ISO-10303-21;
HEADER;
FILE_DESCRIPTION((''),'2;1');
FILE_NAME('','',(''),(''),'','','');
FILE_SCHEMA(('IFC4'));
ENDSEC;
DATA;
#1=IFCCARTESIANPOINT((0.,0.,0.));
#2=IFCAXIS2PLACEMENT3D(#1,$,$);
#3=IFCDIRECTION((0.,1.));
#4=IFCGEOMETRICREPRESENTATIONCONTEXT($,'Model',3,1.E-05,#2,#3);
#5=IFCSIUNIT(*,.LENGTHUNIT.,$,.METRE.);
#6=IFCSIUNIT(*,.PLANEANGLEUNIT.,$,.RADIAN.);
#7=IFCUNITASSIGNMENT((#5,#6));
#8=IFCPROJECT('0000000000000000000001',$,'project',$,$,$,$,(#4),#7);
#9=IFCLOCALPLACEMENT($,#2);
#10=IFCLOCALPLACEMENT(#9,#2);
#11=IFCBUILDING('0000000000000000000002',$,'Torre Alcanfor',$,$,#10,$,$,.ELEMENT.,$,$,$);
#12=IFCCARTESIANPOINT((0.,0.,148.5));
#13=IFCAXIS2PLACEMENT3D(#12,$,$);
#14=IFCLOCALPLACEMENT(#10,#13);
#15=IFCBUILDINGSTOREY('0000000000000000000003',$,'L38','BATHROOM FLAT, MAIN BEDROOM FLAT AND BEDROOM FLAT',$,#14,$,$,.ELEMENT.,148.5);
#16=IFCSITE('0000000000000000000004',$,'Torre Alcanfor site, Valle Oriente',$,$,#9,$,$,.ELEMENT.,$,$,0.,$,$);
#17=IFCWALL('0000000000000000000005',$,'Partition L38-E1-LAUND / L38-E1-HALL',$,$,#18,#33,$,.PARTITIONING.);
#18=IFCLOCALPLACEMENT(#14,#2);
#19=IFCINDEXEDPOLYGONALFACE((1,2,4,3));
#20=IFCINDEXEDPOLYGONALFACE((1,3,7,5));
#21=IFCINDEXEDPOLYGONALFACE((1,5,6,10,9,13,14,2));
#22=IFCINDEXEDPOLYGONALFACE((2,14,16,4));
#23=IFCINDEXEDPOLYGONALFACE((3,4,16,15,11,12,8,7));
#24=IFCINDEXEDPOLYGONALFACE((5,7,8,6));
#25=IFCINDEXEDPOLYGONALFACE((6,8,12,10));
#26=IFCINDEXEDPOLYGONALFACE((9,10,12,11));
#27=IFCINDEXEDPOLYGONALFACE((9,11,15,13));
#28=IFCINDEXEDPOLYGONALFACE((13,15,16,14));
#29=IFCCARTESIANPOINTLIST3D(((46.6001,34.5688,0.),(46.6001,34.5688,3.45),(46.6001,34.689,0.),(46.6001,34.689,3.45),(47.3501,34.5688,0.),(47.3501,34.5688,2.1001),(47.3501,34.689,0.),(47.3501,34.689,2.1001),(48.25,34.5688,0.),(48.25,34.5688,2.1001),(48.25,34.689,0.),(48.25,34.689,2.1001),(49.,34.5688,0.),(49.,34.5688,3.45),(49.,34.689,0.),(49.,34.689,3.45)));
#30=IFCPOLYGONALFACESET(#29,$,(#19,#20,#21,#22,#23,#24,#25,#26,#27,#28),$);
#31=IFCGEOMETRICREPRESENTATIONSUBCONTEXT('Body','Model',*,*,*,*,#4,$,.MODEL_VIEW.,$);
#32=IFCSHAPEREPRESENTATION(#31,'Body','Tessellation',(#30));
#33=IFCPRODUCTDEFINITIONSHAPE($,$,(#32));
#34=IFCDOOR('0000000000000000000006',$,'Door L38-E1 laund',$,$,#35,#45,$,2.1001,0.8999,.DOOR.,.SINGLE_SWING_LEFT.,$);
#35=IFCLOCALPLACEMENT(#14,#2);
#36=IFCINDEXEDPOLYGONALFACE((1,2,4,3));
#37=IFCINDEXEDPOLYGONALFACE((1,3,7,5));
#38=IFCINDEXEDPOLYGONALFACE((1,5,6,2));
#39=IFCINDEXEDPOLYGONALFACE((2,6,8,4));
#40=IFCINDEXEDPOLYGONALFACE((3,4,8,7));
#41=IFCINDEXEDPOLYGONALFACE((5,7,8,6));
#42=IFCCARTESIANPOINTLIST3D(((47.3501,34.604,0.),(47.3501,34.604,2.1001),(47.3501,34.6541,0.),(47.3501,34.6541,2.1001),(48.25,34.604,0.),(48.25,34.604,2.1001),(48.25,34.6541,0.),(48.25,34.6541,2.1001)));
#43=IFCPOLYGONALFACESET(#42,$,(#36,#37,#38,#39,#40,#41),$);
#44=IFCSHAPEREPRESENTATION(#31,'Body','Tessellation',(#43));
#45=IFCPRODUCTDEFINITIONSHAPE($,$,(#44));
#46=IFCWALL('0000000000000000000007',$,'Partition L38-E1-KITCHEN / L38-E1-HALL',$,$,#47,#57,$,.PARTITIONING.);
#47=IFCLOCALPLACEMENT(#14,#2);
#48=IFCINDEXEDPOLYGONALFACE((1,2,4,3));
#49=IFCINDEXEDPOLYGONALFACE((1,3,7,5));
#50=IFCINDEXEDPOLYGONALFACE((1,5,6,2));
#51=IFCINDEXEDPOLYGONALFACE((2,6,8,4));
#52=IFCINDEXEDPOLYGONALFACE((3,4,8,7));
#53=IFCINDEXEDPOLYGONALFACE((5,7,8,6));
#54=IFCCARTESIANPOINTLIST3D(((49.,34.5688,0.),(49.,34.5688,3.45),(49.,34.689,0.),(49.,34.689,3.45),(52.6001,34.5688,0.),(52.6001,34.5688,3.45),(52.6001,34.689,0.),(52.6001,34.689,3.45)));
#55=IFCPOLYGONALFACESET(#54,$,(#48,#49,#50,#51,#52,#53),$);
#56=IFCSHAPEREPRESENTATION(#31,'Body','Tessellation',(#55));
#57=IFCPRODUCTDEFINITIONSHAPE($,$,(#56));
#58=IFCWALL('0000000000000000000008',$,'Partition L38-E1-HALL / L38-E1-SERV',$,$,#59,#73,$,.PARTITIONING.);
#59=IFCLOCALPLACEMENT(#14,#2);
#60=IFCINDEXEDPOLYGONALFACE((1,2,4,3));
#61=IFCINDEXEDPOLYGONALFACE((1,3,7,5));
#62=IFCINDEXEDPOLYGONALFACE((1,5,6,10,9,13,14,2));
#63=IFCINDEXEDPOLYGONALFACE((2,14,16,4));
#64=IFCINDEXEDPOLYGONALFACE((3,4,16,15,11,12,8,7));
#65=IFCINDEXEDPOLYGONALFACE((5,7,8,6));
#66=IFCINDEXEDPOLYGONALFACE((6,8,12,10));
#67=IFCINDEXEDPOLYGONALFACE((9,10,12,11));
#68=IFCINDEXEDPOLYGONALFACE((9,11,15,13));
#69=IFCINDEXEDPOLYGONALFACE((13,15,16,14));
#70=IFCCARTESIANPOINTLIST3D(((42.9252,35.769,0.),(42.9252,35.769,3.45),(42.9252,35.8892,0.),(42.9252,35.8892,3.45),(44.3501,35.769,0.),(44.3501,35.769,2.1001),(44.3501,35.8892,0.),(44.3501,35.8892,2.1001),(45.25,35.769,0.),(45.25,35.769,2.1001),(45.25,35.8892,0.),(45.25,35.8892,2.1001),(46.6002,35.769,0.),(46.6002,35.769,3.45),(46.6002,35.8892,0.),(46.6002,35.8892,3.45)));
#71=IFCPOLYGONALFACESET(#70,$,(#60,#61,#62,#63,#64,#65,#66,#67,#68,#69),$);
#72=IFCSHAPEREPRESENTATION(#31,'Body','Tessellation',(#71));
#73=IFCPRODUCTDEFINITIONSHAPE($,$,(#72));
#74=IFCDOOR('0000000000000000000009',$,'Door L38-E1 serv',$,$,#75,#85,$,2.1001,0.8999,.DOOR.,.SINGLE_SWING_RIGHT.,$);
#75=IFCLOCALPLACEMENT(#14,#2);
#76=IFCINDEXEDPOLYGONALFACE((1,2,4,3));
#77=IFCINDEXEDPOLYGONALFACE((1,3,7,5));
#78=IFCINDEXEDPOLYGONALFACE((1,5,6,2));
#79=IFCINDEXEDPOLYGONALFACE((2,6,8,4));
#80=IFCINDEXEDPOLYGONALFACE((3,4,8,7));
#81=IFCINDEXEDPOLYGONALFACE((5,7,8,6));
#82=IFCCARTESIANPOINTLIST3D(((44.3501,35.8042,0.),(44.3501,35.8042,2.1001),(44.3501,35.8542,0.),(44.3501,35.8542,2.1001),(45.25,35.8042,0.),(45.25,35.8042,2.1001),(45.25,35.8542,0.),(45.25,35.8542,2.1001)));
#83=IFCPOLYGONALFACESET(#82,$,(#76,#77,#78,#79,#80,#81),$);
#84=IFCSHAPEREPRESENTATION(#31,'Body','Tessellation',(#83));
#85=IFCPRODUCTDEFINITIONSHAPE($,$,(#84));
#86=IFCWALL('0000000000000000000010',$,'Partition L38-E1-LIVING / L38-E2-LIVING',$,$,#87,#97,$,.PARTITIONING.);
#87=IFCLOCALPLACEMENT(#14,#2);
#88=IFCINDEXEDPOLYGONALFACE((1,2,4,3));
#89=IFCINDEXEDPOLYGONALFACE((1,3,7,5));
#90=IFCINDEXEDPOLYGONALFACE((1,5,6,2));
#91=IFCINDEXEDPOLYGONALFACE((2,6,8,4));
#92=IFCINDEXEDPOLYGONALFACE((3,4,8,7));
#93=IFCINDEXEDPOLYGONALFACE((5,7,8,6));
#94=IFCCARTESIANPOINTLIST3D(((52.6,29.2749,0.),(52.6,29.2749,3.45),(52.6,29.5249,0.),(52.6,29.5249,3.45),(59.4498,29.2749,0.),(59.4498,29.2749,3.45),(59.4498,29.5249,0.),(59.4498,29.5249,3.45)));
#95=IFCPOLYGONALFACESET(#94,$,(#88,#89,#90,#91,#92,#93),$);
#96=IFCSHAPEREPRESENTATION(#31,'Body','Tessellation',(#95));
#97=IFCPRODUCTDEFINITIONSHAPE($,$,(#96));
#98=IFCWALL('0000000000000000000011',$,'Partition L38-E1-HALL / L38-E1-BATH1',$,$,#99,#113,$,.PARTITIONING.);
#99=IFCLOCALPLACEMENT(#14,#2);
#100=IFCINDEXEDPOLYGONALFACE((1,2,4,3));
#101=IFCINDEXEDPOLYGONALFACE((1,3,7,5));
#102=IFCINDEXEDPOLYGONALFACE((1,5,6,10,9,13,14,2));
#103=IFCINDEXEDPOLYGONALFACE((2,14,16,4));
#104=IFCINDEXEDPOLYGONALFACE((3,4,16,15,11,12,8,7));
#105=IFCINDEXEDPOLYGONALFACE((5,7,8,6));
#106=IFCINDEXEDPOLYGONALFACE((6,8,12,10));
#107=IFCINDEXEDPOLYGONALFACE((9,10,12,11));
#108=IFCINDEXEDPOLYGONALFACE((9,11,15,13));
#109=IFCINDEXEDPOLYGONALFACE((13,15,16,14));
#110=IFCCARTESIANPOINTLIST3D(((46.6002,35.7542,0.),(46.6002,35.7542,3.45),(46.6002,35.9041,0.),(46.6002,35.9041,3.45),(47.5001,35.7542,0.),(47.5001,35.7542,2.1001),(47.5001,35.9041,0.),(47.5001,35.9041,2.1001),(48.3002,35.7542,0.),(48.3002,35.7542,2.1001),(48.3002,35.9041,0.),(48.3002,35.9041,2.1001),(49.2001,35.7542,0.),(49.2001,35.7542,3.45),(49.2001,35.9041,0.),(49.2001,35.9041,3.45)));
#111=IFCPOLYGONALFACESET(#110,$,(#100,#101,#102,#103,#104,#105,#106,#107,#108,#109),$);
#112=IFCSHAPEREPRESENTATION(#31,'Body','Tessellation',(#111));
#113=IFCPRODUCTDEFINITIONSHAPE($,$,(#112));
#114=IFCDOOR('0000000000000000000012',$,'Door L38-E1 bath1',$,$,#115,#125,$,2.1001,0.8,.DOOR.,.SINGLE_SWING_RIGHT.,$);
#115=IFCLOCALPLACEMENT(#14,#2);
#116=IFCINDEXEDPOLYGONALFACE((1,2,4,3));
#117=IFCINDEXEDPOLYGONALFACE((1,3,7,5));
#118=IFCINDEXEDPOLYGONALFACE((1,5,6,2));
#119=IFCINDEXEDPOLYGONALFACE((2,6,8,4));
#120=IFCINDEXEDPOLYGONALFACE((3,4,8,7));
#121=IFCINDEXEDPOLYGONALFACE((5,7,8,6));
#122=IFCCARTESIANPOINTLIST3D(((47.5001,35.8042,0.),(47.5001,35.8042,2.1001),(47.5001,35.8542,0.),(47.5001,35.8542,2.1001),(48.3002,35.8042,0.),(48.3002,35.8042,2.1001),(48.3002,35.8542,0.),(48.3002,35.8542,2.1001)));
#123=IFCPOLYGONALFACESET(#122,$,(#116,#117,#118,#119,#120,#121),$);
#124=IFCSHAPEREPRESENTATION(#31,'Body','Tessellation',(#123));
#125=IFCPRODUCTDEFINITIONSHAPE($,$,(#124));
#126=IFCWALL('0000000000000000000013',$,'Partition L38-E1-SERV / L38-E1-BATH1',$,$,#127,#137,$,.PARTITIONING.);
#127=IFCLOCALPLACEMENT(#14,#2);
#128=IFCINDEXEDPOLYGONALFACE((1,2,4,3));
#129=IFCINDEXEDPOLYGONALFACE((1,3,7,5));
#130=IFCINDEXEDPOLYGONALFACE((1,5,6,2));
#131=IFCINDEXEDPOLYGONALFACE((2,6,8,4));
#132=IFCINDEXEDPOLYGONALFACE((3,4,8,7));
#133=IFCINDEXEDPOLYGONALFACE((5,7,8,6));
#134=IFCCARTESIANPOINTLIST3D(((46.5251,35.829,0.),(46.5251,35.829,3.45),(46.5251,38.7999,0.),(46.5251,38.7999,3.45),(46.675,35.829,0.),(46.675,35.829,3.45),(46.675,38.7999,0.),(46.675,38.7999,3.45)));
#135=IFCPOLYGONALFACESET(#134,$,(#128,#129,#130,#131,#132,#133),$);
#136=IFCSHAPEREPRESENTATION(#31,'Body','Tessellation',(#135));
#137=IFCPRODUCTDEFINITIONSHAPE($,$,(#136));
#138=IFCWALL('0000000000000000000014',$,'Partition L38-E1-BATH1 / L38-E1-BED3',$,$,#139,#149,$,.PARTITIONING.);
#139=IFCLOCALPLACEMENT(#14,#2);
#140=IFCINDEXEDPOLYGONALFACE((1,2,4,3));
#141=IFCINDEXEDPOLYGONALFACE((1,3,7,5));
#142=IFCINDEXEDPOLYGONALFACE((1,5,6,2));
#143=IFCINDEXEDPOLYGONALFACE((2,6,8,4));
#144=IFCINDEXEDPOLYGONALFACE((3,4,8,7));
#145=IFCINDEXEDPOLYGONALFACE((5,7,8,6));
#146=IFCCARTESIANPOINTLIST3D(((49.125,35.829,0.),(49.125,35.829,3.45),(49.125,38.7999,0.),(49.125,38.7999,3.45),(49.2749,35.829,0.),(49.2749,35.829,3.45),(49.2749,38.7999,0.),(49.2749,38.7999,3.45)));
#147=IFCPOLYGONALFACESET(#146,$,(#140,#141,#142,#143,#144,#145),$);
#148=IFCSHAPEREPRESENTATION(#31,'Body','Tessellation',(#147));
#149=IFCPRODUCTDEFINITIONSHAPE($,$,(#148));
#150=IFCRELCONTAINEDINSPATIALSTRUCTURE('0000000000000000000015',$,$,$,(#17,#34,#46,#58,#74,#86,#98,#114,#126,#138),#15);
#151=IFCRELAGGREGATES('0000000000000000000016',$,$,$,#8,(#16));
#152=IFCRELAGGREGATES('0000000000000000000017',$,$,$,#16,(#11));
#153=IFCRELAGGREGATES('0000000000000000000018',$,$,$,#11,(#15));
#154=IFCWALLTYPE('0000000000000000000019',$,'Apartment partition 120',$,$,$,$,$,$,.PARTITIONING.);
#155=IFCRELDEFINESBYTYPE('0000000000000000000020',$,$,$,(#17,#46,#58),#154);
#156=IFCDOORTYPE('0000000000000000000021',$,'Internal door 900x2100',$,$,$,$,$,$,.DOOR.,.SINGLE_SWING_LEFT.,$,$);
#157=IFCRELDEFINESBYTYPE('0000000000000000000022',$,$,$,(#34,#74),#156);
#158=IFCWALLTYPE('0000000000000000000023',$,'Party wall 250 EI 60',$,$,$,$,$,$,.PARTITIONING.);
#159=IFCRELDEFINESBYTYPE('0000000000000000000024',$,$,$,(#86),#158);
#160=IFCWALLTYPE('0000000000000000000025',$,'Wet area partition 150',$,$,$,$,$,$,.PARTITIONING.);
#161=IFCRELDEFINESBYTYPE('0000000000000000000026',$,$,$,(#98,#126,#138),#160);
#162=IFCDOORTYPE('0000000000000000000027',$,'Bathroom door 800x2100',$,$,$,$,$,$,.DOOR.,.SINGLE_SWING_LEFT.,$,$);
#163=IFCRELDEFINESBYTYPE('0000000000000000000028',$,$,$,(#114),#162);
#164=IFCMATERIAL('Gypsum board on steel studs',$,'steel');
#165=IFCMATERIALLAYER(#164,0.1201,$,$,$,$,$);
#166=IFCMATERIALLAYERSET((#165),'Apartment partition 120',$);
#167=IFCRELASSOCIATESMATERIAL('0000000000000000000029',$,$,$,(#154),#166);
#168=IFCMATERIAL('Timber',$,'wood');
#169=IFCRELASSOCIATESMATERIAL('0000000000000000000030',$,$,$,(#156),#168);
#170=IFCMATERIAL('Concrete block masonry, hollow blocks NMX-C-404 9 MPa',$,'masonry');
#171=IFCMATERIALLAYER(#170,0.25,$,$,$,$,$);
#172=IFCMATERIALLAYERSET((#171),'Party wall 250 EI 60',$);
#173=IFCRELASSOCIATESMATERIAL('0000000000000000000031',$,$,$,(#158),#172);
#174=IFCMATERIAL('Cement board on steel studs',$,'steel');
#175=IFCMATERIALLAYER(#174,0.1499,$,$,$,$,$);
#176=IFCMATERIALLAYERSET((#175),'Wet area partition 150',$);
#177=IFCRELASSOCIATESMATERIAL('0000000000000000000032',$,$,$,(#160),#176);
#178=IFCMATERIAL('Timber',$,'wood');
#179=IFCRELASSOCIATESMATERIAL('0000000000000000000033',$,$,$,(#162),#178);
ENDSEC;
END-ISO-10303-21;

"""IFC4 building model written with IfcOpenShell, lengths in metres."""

from ifc_helpers import new_model, si_unit, direction, frame, frame_2d, origin, place, context, subcontext, project, spatial, rectangle, extrude, material, layer, layer_set, type_object, element, fill, save


model = new_model("IFC4")

# Units and contexts
model_context = context("Model", 3, precision=1e-05, world=origin(), true_north=direction((0.0, 1.0)))
body_context = subcontext(model_context, "Body", "Model", "MODEL_VIEW")
ifc_project = project(units=[si_unit("LENGTHUNIT", "METRE"), si_unit("PLANEANGLEUNIT", "RADIAN")], contexts=[model_context])

# Site, building, storey
site_placement = place(None, origin())
site = spatial("IfcSite", under=ifc_project, at=site_placement, Name="Torre Alcanfor site, Valle Oriente", CompositionType="ELEMENT", RefElevation=0.0)
building_placement = place(site_placement, origin())
building = spatial("IfcBuilding", under=site, at=building_placement, Name="Torre Alcanfor", CompositionType="ELEMENT")
storey_placement = place(building_placement, frame((0.0, 0.0, 148.5)))
storey = spatial("IfcBuildingStorey", under=building, at=storey_placement, Name="L38", Description="BATHROOM FLAT, MAIN BEDROOM FLAT AND BEDROOM FLAT", CompositionType="ELEMENT", Elevation=148.5)

# Wall, opening, door
ifc_material_1 = material(Name="Gypsum board on steel studs", Category="steel")
ifc_layer_1 = layer(ifc_material_1, 0.1201)
ifc_layer_set_1 = layer_set([ifc_layer_1], Name="Apartment partition 120")
wall_type_1 = type_object("IfcWallType", Name="Apartment partition 120", PredefinedType="PARTITIONING", material=ifc_layer_set_1)
wall_1_placement = place(storey_placement, frame((49.0, 34.6289, 0.0), z_axis=(0.0, 0.0, 1.0), x_axis=(-1.0, 0.0, 0.0)))
wall_1 = element("IfcWall", 1, at=wall_1_placement, inside=storey, type_object=wall_type_1, Name="Partition L38-E1-LAUND / L38-E1-HALL", PredefinedType="PARTITIONING", context=body_context, shape_type="SweptSolid", body=[
    extrude(rectangle(XDim=2.3999, YDim=0.1201, at=frame_2d((1.2, 0.0))), origin(), (0.0, 0.0, 1.0), 3.45),
])
opening_1_placement = place(wall_1_placement, frame((0.75, 0.0, 0.0)))
opening_1 = element("IfcOpeningElement", 2, at=opening_1_placement, cuts=wall_1, PredefinedType="OPENING", context=body_context, shape_type="SweptSolid", body=[
    extrude(rectangle(XDim=0.8999, YDim=2.1001, at=frame_2d((0.45, 1.05))), frame((0.0, 0.0701, 0.0), z_axis=(0.0, -1.0, 0.0), x_axis=(1.0, 0.0, 0.0)), (0.0, 0.0, 1.0), 0.1401),
])
ifc_material_2 = material(Name="Timber", Category="wood")
door_type_1 = type_object("IfcDoorType", Name="Internal door 900x2100", OperationType="SINGLE_SWING_LEFT", PredefinedType="DOOR", material=ifc_material_2)
door_1_placement = place(opening_1_placement, origin())
door_1 = element("IfcDoor", 3, at=door_1_placement, inside=storey, type_object=door_type_1, Name="Door L38-E1 laund", OperationType="SINGLE_SWING_LEFT", OverallHeight=2.1001, OverallWidth=0.8999, PredefinedType="DOOR", context=body_context, shape_type="SweptSolid", body=[
    extrude(rectangle(XDim=0.8999, YDim=2.1001, at=frame_2d((0.45, 1.05))), frame((0.0, 0.0249, 0.0), z_axis=(0.0, -1.0, 0.0), x_axis=(1.0, 0.0, 0.0)), (0.0, 0.0, 1.0), 0.05),
])
fill(opening_1, door_1)

# Wall
wall_2_placement = place(storey_placement, frame((52.6001, 34.6289, 0.0), z_axis=(0.0, 0.0, 1.0), x_axis=(-1.0, 0.0, 0.0)))
element("IfcWall", 4, at=wall_2_placement, inside=storey, type_object=wall_type_1, Name="Partition L38-E1-KITCHEN / L38-E1-HALL", PredefinedType="PARTITIONING", context=body_context, shape_type="SweptSolid", body=[
    extrude(rectangle(XDim=3.6001, YDim=0.1201, at=frame_2d((1.8, 0.0))), origin(), (0.0, 0.0, 1.0), 3.45),
])

# Wall, opening, door
wall_3_placement = place(storey_placement, frame((46.6001, 35.8291, 0.0), z_axis=(0.0, 0.0, 1.0), x_axis=(-1.0, 0.0, 0.0)))
wall_3 = element("IfcWall", 5, at=wall_3_placement, inside=storey, type_object=wall_type_1, Name="Partition L38-E1-HALL / L38-E1-SERV", PredefinedType="PARTITIONING", context=body_context, shape_type="SweptSolid", body=[
    extrude(rectangle(XDim=3.675, YDim=0.1201, at=frame_2d((1.8374, 0.0))), origin(), (0.0, 0.0, 1.0), 3.45),
])
opening_2_placement = place(wall_3_placement, frame((1.3501, 0.0, 0.0)))
opening_2 = element("IfcOpeningElement", 6, at=opening_2_placement, cuts=wall_3, PredefinedType="OPENING", context=body_context, shape_type="SweptSolid", body=[
    extrude(rectangle(XDim=0.8999, YDim=2.1001, at=frame_2d((0.45, 1.05))), frame((0.0, 0.0701, 0.0), z_axis=(0.0, -1.0, 0.0), x_axis=(1.0, 0.0, 0.0)), (0.0, 0.0, 1.0), 0.1401),
])
door_2_placement = place(opening_2_placement, frame((0.8999, 0.0, 0.0), z_axis=(0.0, 0.0, 1.0), x_axis=(-1.0, 0.0, 0.0)))
door_2 = element("IfcDoor", 7, at=door_2_placement, inside=storey, type_object=door_type_1, Name="Door L38-E1 serv", OperationType="SINGLE_SWING_RIGHT", OverallHeight=2.1001, OverallWidth=0.8999, PredefinedType="DOOR", context=body_context, shape_type="SweptSolid", body=[
    extrude(rectangle(XDim=0.8999, YDim=2.1001, at=frame_2d((0.45, 1.05))), frame((0.0, 0.0251, 0.0), z_axis=(0.0, -1.0, 0.0), x_axis=(1.0, 0.0, 0.0)), (0.0, 0.0, 1.0), 0.05),
])
fill(opening_2, door_2)

# Wall
ifc_material_3 = material(Name="Concrete block masonry, hollow blocks NMX-C-404 9 MPa", Category="masonry")
ifc_layer_2 = layer(ifc_material_3, 0.25)
ifc_layer_set_2 = layer_set([ifc_layer_2], Name="Party wall 250 EI 60")
wall_type_2 = type_object("IfcWallType", Name="Party wall 250 EI 60", PredefinedType="PARTITIONING", material=ifc_layer_set_2)
wall_4_placement = place(storey_placement, frame((52.6001, 29.3999, 0.0), z_axis=(0.0, 0.0, 1.0), x_axis=(1.0, 0.0, 0.0)))
element("IfcWall", 8, at=wall_4_placement, inside=storey, type_object=wall_type_2, Name="Partition L38-E1-LIVING / L38-E2-LIVING", PredefinedType="PARTITIONING", context=body_context, shape_type="SweptSolid", body=[
    extrude(rectangle(XDim=6.8499, YDim=0.25, at=frame_2d((3.4248, 0.0))), origin(), (0.0, 0.0, 1.0), 3.45),
])

# Wall, opening, door
ifc_material_4 = material(Name="Cement board on steel studs", Category="steel")
ifc_layer_3 = layer(ifc_material_4, 0.1499)
ifc_layer_set_3 = layer_set([ifc_layer_3], Name="Wet area partition 150")
wall_type_3 = type_object("IfcWallType", Name="Wet area partition 150", PredefinedType="PARTITIONING", material=ifc_layer_set_3)
wall_5_placement = place(storey_placement, frame((49.2, 35.8291, 0.0), z_axis=(0.0, 0.0, 1.0), x_axis=(-1.0, 0.0, 0.0)))
wall_5 = element("IfcWall", 9, at=wall_5_placement, inside=storey, type_object=wall_type_3, Name="Partition L38-E1-HALL / L38-E1-BATH1", PredefinedType="PARTITIONING", context=body_context, shape_type="SweptSolid", body=[
    extrude(rectangle(XDim=2.5999, YDim=0.1499, at=frame_2d((1.2998, 0.0))), origin(), (0.0, 0.0, 1.0), 3.45),
])
opening_3_placement = place(wall_5_placement, frame((0.8999, 0.0, 0.0)))
opening_3 = element("IfcOpeningElement", 10, at=opening_3_placement, cuts=wall_5, PredefinedType="OPENING", context=body_context, shape_type="SweptSolid", body=[
    extrude(rectangle(XDim=0.8, YDim=2.1001, at=frame_2d((0.3999, 1.05))), frame((0.0, 0.085, 0.0), z_axis=(0.0, -1.0, 0.0), x_axis=(1.0, 0.0, 0.0)), (0.0, 0.0, 1.0), 0.1699),
])
ifc_material_5 = material(Name="Timber", Category="wood")
door_type_2 = type_object("IfcDoorType", Name="Bathroom door 800x2100", OperationType="SINGLE_SWING_LEFT", PredefinedType="DOOR", material=ifc_material_5)
door_3_placement = place(opening_3_placement, frame((0.8, 0.0, 0.0), z_axis=(0.0, 0.0, 1.0), x_axis=(-1.0, 0.0, 0.0)))
door_3 = element("IfcDoor", 11, at=door_3_placement, inside=storey, type_object=door_type_2, Name="Door L38-E1 bath1", OperationType="SINGLE_SWING_RIGHT", OverallHeight=2.1001, OverallWidth=0.8, PredefinedType="DOOR", context=body_context, shape_type="SweptSolid", body=[
    extrude(rectangle(XDim=0.8, YDim=2.1001, at=frame_2d((0.4001, 1.05))), frame((0.0, 0.0251, 0.0), z_axis=(0.0, -1.0, 0.0), x_axis=(1.0, 0.0, 0.0)), (0.0, 0.0, 1.0), 0.05),
])
fill(opening_3, door_3)

# Walls
for number, where, z_axis, x_axis, name in (
    (12, (46.6001, 35.8291, 0.0), (0.0, 0.0, 1.0), (0.0, 1.0, 0.0), "Partition L38-E1-SERV / L38-E1-BATH1"),
    (13, (49.2, 35.8291, 0.0), (0.0, 0.0, 1.0), (0.0, 1.0, 0.0), "Partition L38-E1-BATH1 / L38-E1-BED3"),
):
    element("IfcWall", number, at=place(storey_placement, frame(where, z_axis=z_axis, x_axis=x_axis)), inside=storey, type_object=wall_type_3, Name=name, PredefinedType="PARTITIONING", context=body_context, shape_type="SweptSolid", body=[
        extrude(rectangle(XDim=2.9709, YDim=0.1499, at=frame_2d((1.4854, 0.0))), origin(), (0.0, 0.0, 1.0), 3.45),
    ])

save(model, "model.ifc")
